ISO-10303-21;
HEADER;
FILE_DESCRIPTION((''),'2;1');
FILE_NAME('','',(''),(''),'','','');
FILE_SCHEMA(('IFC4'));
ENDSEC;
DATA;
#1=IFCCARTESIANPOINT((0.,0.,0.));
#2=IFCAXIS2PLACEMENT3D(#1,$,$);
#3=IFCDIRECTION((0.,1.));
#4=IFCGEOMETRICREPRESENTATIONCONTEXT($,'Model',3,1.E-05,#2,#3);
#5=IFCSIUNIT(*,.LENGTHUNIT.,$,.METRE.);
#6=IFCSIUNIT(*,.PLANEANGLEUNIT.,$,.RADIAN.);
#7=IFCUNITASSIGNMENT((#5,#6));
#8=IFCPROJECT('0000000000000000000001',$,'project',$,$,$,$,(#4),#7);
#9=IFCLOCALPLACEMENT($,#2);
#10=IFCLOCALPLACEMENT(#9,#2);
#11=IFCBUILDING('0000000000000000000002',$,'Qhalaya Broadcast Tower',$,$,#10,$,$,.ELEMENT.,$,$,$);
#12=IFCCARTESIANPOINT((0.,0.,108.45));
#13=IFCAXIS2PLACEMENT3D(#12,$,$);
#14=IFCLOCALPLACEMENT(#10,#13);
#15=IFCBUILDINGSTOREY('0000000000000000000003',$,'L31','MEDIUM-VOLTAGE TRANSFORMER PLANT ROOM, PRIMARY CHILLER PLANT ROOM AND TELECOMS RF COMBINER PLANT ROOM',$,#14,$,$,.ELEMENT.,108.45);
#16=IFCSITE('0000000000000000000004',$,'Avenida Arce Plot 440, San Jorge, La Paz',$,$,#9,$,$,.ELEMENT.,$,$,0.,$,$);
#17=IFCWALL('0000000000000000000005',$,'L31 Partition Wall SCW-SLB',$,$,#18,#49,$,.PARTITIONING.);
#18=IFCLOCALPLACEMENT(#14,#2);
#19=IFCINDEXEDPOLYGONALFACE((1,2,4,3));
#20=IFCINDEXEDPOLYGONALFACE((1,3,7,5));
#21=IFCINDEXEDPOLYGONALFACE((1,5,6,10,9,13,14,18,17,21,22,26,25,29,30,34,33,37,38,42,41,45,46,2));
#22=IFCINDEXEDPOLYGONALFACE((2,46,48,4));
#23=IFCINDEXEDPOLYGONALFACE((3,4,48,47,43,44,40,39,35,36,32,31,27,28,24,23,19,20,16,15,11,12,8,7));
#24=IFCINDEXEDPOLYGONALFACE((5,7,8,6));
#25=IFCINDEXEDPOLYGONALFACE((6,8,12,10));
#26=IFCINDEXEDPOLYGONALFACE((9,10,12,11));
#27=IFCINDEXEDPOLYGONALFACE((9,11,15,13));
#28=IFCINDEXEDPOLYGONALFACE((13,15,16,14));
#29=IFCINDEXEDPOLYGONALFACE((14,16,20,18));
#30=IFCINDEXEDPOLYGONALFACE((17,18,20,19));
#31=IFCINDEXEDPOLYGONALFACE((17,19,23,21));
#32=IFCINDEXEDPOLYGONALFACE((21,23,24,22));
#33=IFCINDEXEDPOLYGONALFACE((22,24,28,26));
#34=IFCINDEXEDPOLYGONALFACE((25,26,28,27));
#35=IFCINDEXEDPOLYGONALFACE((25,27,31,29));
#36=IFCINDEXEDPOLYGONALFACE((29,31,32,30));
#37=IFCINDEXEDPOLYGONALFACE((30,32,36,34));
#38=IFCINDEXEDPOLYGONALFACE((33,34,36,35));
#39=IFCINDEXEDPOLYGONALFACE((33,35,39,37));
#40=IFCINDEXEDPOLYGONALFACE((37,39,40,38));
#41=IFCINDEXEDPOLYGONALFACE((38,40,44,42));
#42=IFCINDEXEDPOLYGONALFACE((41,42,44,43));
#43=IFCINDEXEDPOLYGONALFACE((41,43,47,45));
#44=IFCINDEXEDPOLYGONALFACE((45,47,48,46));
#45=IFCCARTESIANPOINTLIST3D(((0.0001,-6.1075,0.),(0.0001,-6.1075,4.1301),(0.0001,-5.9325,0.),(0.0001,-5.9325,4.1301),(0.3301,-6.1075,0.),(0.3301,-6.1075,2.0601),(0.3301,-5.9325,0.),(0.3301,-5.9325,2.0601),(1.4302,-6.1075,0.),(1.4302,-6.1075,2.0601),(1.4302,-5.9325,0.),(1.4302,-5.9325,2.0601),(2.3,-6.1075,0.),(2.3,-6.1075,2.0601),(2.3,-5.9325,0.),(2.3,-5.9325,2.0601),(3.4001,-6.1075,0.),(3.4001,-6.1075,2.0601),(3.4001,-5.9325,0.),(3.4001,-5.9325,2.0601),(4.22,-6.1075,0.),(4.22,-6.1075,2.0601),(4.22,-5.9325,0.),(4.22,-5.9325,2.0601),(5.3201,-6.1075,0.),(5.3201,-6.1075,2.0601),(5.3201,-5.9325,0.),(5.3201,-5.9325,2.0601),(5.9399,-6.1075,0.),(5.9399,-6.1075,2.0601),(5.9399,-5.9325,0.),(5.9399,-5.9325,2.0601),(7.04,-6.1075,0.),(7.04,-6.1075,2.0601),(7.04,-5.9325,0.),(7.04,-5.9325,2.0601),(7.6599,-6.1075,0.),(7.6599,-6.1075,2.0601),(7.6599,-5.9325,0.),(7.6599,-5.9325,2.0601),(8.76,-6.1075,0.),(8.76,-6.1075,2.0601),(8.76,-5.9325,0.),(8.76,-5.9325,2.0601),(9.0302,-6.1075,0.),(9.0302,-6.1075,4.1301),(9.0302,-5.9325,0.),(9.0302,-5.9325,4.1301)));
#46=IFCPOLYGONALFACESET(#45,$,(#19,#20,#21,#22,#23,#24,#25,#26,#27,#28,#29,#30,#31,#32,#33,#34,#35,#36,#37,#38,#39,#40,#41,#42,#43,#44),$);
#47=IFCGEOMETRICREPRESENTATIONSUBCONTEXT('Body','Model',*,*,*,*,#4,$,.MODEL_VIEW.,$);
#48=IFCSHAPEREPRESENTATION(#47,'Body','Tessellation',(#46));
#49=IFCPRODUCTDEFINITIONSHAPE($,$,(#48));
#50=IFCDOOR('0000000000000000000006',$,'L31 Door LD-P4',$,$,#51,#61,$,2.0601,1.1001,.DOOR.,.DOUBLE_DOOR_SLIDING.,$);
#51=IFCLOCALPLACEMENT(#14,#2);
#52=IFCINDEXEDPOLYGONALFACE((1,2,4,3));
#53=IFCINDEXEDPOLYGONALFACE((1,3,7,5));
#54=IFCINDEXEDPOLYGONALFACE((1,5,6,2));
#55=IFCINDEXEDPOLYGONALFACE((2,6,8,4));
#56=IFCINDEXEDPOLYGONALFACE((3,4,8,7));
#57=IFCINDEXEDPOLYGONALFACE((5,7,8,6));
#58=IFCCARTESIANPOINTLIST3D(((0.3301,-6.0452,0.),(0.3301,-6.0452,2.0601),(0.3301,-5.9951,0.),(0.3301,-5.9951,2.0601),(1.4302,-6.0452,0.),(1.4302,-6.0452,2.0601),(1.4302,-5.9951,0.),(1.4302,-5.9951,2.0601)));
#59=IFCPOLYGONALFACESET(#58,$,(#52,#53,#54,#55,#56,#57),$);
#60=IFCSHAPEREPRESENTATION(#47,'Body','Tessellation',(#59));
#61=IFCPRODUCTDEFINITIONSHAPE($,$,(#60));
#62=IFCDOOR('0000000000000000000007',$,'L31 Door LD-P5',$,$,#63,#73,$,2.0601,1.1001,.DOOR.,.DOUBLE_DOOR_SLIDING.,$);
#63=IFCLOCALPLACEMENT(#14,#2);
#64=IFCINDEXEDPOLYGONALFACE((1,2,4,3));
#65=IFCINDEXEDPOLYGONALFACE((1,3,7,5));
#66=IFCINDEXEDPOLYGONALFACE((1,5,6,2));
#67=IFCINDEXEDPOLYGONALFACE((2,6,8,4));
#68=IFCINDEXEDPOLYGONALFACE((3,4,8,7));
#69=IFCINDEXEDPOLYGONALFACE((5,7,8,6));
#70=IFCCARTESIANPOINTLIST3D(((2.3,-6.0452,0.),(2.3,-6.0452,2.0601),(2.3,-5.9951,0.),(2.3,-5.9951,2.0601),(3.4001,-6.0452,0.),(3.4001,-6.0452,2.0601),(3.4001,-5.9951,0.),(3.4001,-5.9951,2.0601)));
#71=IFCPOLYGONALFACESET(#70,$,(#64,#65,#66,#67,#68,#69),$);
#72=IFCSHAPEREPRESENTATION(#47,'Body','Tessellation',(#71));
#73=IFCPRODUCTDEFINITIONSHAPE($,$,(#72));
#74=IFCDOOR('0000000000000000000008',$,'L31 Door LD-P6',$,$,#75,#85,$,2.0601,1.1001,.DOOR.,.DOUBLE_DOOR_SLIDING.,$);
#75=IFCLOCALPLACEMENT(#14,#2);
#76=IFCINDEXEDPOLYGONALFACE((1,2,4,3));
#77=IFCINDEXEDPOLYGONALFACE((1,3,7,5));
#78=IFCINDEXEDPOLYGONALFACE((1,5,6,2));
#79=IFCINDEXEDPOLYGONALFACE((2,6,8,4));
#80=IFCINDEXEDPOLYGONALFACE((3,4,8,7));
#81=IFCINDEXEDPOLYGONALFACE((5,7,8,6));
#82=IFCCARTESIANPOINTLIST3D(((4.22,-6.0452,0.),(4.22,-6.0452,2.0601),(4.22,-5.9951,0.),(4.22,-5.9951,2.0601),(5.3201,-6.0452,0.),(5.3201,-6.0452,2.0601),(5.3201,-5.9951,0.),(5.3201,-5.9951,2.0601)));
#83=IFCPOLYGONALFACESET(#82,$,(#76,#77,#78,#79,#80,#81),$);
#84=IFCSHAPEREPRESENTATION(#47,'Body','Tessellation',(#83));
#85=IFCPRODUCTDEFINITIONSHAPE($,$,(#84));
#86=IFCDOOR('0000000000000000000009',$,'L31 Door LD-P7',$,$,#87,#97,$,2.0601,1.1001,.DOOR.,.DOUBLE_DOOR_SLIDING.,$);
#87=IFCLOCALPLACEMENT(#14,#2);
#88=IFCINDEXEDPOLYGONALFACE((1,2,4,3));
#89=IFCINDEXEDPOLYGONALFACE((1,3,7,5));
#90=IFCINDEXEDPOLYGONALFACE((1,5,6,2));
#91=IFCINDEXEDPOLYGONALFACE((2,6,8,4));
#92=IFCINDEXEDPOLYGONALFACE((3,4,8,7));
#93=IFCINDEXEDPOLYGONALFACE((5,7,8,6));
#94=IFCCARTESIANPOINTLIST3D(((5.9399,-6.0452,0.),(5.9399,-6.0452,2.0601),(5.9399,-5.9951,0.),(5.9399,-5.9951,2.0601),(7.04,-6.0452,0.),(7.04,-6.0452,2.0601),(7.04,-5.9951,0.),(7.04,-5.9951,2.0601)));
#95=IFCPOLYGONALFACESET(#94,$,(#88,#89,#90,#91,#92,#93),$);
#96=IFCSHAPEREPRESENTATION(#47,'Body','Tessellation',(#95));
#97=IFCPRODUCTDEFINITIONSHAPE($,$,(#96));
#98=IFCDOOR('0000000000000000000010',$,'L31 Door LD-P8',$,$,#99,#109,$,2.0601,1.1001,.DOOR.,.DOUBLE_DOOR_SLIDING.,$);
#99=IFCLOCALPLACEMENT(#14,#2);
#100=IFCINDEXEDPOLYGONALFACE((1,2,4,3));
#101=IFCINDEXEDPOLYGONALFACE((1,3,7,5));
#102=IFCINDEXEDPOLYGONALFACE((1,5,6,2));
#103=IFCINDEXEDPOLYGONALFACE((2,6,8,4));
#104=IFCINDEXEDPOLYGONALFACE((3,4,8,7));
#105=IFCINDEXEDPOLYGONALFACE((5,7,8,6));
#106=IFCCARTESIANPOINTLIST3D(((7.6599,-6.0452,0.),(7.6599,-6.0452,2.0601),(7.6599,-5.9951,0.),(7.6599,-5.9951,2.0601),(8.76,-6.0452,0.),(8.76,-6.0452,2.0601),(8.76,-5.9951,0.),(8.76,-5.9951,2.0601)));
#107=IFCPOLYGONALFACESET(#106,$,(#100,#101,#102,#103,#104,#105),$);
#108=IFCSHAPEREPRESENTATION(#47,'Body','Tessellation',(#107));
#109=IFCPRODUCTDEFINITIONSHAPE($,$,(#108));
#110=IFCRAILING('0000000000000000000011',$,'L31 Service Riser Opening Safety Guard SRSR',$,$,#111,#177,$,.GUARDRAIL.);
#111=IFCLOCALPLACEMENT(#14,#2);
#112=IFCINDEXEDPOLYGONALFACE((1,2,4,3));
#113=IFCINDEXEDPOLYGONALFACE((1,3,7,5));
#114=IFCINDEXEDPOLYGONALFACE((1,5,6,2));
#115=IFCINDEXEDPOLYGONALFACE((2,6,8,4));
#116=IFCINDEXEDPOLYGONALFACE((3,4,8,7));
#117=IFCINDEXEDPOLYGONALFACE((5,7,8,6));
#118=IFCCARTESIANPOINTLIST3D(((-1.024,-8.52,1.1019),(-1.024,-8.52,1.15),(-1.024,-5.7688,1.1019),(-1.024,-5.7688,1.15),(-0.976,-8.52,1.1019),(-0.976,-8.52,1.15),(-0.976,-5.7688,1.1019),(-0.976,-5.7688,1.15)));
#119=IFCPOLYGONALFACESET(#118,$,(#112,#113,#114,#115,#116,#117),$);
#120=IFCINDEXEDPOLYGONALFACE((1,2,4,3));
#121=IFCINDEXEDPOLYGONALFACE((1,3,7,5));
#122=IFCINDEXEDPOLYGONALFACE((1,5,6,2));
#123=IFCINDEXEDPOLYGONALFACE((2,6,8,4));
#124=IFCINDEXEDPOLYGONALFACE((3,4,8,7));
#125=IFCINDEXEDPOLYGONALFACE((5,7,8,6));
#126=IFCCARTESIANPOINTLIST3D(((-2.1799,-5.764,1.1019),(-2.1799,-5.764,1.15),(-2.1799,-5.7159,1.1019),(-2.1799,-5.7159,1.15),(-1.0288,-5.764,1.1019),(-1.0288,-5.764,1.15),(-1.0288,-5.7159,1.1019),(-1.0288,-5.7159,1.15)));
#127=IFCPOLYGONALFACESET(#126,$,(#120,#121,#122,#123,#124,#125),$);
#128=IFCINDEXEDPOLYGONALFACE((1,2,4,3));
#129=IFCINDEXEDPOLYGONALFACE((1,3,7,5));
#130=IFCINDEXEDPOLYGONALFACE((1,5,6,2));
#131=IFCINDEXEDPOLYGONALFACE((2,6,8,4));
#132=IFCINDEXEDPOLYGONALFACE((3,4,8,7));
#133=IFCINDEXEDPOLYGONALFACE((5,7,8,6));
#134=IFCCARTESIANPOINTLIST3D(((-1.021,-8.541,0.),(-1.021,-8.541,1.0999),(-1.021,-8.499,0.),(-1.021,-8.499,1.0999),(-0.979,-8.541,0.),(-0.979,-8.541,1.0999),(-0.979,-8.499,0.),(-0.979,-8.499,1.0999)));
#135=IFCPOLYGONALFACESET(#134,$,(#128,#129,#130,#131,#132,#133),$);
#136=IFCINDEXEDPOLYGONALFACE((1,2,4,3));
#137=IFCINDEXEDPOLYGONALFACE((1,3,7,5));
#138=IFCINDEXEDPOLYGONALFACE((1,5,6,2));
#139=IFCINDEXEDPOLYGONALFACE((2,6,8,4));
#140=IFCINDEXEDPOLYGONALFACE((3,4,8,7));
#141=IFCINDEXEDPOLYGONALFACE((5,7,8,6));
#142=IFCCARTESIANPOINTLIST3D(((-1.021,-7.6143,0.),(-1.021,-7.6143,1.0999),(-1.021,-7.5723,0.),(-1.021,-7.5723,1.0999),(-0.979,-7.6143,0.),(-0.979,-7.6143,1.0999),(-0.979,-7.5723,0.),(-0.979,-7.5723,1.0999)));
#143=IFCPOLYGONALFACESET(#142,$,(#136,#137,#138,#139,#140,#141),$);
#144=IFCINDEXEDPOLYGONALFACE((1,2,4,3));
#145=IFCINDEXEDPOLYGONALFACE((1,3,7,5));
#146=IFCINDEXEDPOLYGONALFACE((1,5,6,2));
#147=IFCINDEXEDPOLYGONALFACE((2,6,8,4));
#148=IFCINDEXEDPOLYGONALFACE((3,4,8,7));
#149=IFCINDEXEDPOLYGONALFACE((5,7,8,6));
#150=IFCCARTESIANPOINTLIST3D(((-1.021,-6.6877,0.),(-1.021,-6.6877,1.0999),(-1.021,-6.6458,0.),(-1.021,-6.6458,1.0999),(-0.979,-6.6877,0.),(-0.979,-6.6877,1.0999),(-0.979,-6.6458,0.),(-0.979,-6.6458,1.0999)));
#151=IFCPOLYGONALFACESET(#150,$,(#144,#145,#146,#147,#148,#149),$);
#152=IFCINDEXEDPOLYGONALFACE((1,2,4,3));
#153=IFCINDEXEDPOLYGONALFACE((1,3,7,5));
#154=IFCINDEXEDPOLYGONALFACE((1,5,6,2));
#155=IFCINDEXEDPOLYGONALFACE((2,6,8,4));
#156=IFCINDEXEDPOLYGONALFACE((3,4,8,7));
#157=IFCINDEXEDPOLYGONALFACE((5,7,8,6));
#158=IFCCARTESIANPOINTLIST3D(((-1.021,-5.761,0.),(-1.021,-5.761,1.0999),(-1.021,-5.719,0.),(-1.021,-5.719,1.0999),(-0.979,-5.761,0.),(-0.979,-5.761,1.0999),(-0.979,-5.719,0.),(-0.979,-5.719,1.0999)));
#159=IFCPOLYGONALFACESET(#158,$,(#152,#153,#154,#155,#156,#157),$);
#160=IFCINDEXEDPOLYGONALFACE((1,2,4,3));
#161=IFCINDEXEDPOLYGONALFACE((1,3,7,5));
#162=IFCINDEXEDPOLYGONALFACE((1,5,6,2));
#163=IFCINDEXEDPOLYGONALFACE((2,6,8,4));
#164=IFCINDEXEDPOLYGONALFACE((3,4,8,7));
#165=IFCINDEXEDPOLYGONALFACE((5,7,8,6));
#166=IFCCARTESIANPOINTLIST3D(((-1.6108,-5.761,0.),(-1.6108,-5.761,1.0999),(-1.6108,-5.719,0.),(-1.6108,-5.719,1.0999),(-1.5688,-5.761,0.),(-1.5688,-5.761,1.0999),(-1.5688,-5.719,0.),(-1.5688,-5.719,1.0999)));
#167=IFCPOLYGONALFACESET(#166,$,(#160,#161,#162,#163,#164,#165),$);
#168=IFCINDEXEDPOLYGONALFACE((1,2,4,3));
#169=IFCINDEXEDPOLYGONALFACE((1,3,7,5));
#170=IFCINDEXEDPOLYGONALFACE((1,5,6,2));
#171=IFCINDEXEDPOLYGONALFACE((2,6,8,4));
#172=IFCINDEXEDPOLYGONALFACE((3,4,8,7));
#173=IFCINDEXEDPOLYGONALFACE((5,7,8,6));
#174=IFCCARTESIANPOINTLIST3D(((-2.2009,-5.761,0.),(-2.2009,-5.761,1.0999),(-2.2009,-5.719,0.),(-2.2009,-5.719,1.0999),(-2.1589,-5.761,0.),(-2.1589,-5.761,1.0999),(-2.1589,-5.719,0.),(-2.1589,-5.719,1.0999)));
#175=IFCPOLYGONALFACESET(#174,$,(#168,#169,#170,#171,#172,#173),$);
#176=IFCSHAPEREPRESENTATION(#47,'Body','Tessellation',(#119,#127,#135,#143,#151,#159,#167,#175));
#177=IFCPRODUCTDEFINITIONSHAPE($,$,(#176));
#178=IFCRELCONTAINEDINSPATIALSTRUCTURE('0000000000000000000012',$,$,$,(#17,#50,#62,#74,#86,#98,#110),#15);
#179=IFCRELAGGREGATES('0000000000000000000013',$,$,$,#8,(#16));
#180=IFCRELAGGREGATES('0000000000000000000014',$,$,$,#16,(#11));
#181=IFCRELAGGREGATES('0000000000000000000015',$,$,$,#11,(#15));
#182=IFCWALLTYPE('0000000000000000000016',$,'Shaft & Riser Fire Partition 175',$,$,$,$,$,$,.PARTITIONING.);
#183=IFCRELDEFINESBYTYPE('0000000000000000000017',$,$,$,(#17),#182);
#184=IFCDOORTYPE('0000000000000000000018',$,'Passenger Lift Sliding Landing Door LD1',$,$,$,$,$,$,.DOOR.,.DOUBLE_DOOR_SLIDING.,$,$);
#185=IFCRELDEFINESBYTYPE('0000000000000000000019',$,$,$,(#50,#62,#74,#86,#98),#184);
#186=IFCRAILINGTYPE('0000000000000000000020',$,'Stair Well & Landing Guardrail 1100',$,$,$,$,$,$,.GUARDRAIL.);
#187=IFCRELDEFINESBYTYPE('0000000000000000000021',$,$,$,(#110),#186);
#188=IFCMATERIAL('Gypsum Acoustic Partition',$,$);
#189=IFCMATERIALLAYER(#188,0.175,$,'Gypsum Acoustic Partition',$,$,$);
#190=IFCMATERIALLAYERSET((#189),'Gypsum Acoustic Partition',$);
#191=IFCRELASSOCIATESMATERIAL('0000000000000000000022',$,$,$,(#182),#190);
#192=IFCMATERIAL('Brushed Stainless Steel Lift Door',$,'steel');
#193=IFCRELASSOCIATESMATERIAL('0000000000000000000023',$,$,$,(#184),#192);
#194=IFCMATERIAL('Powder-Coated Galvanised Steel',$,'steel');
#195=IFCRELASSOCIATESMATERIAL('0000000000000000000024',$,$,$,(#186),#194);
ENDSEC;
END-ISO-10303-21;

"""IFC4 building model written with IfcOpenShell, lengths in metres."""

from ifc_helpers import new_model, si_unit, direction, frame, frame_2d, origin, origin_2d, place, context, subcontext, project, spatial, rectangle, extrude, material, layer, layer_set, type_object, element, fill, save


model = new_model("IFC4")

# Units and contexts
model_context = context("Model", 3, precision=1e-05, world=origin(), true_north=direction((0.0, 1.0)))
body_context = subcontext(model_context, "Body", "Model", "MODEL_VIEW")
ifc_project = project(units=[si_unit("LENGTHUNIT", "METRE"), si_unit("PLANEANGLEUNIT", "RADIAN")], contexts=[model_context])

# Site, building, storey
site_placement = place(None, origin())
site = spatial("IfcSite", under=ifc_project, at=site_placement, Name="Avenida Arce Plot 440, San Jorge, La Paz", CompositionType="ELEMENT", RefElevation=0.0)
building_placement = place(site_placement, origin())
building = spatial("IfcBuilding", under=site, at=building_placement, Name="Qhalaya Broadcast Tower", CompositionType="ELEMENT")
storey_placement = place(building_placement, frame((0.0, 0.0, 108.45)))
storey = spatial("IfcBuildingStorey", under=building, at=storey_placement, Name="L31", Description="MEDIUM-VOLTAGE TRANSFORMER PLANT ROOM, PRIMARY CHILLER PLANT ROOM AND TELECOMS RF COMBINER PLANT ROOM", CompositionType="ELEMENT", Elevation=108.45)

# Shared definitions
ifc_material_1 = material(Name="Gypsum Acoustic Partition")

# Shared definitions
ifc_layer_1 = layer(ifc_material_1, 0.175, Name="Gypsum Acoustic Partition")
ifc_layer_set_1 = layer_set([ifc_layer_1], Name="Gypsum Acoustic Partition")
wall_type_1 = type_object("IfcWallType", Name="Shaft & Riser Fire Partition 175", PredefinedType="PARTITIONING", material=ifc_layer_set_1)

# Wall, openings, doors
wall_1_placement = place(storey_placement, frame((0.0, -6.02, 0.0), z_axis=(0.0, 0.0, 1.0), x_axis=(1.0, 0.0, 0.0)))
wall_1 = element("IfcWall", 1, at=wall_1_placement, inside=storey, type_object=wall_type_1, Name="L31 Partition Wall SCW-SLB", PredefinedType="PARTITIONING", context=body_context, shape_type="SweptSolid", body=[
    extrude(rectangle(XDim=9.03, YDim=0.175, at=frame_2d((4.5151, 0.0))), origin(), (0.0, 0.0, 1.0), 4.1301),
])
opening_1_placement = place(wall_1_placement, frame((0.3301, 0.0, 0.0)))
opening_1 = element("IfcOpeningElement", 2, at=opening_1_placement, cuts=wall_1, PredefinedType="OPENING", context=body_context, shape_type="SweptSolid", body=[
    extrude(rectangle(XDim=1.1001, YDim=2.0601, at=frame_2d((0.55, 1.03))), frame((0.0, 0.0996, 0.0), z_axis=(0.0, -1.0, 0.0), x_axis=(1.0, 0.0, 0.0)), (0.0, 0.0, 1.0), 0.199),
])
opening_2_placement = place(wall_1_placement, frame((2.3, 0.0, 0.0)))
opening_2 = element("IfcOpeningElement", 3, at=opening_2_placement, cuts=wall_1, PredefinedType="OPENING", context=body_context, shape_type="SweptSolid", body=[
    extrude(rectangle(XDim=1.1001, YDim=2.0601, at=frame_2d((0.55, 1.03))), frame((0.0, 0.0996, 0.0), z_axis=(0.0, -1.0, 0.0), x_axis=(1.0, 0.0, 0.0)), (0.0, 0.0, 1.0), 0.199),
])
opening_3_placement = place(wall_1_placement, frame((4.22, 0.0, 0.0)))
opening_3 = element("IfcOpeningElement", 4, at=opening_3_placement, cuts=wall_1, PredefinedType="OPENING", context=body_context, shape_type="SweptSolid", body=[
    extrude(rectangle(XDim=1.1001, YDim=2.0601, at=frame_2d((0.55, 1.03))), frame((0.0, 0.0996, 0.0), z_axis=(0.0, -1.0, 0.0), x_axis=(1.0, 0.0, 0.0)), (0.0, 0.0, 1.0), 0.199),
])
opening_4_placement = place(wall_1_placement, frame((5.9399, 0.0, 0.0)))
opening_4 = element("IfcOpeningElement", 5, at=opening_4_placement, cuts=wall_1, PredefinedType="OPENING", context=body_context, shape_type="SweptSolid", body=[
    extrude(rectangle(XDim=1.1001, YDim=2.0601, at=frame_2d((0.55, 1.03))), frame((0.0, 0.0996, 0.0), z_axis=(0.0, -1.0, 0.0), x_axis=(1.0, 0.0, 0.0)), (0.0, 0.0, 1.0), 0.199),
])
opening_5_placement = place(wall_1_placement, frame((7.6599, 0.0, 0.0)))
opening_5 = element("IfcOpeningElement", 6, at=opening_5_placement, cuts=wall_1, PredefinedType="OPENING", context=body_context, shape_type="SweptSolid", body=[
    extrude(rectangle(XDim=1.1001, YDim=2.0601, at=frame_2d((0.55, 1.03))), frame((0.0, 0.0996, 0.0), z_axis=(0.0, -1.0, 0.0), x_axis=(1.0, 0.0, 0.0)), (0.0, 0.0, 1.0), 0.199),
])
ifc_material_2 = material(Name="Brushed Stainless Steel Lift Door", Category="steel")
door_type_1 = type_object("IfcDoorType", Name="Passenger Lift Sliding Landing Door LD1", OperationType="DOUBLE_DOOR_SLIDING", PredefinedType="DOOR", material=ifc_material_2)
door_1_placement = place(opening_1_placement, origin())
door_1 = element("IfcDoor", 7, at=door_1_placement, inside=storey, type_object=door_type_1, Name="L31 Door LD-P4", OperationType="DOUBLE_DOOR_SLIDING", OverallHeight=2.0601, OverallWidth=1.1001, PredefinedType="DOOR", context=body_context, shape_type="SweptSolid", body=[
    extrude(rectangle(XDim=1.1001, YDim=2.0601, at=frame_2d((0.55, 1.03))), frame((0.0, 0.0249, 0.0), z_axis=(0.0, -1.0, 0.0), x_axis=(1.0, 0.0, 0.0)), (0.0, 0.0, 1.0), 0.05),
])
fill(opening_1, door_1)
door_2_placement = place(opening_2_placement, origin())
door_2 = element("IfcDoor", 8, at=door_2_placement, inside=storey, type_object=door_type_1, Name="L31 Door LD-P5", OperationType="DOUBLE_DOOR_SLIDING", OverallHeight=2.0601, OverallWidth=1.1001, PredefinedType="DOOR", context=body_context, shape_type="SweptSolid", body=[
    extrude(rectangle(XDim=1.1001, YDim=2.0601, at=frame_2d((0.55, 1.03))), frame((0.0, 0.0249, 0.0), z_axis=(0.0, -1.0, 0.0), x_axis=(1.0, 0.0, 0.0)), (0.0, 0.0, 1.0), 0.05),
])
fill(opening_2, door_2)
door_3_placement = place(opening_3_placement, origin())
door_3 = element("IfcDoor", 9, at=door_3_placement, inside=storey, type_object=door_type_1, Name="L31 Door LD-P6", OperationType="DOUBLE_DOOR_SLIDING", OverallHeight=2.0601, OverallWidth=1.1001, PredefinedType="DOOR", context=body_context, shape_type="SweptSolid", body=[
    extrude(rectangle(XDim=1.1001, YDim=2.0601, at=frame_2d((0.55, 1.03))), frame((0.0, 0.0249, 0.0), z_axis=(0.0, -1.0, 0.0), x_axis=(1.0, 0.0, 0.0)), (0.0, 0.0, 1.0), 0.05),
])
fill(opening_3, door_3)
door_4_placement = place(opening_4_placement, origin())
door_4 = element("IfcDoor", 10, at=door_4_placement, inside=storey, type_object=door_type_1, Name="L31 Door LD-P7", OperationType="DOUBLE_DOOR_SLIDING", OverallHeight=2.0601, OverallWidth=1.1001, PredefinedType="DOOR", context=body_context, shape_type="SweptSolid", body=[
    extrude(rectangle(XDim=1.1001, YDim=2.0601, at=frame_2d((0.55, 1.03))), frame((0.0, 0.0249, 0.0), z_axis=(0.0, -1.0, 0.0), x_axis=(1.0, 0.0, 0.0)), (0.0, 0.0, 1.0), 0.05),
])
fill(opening_4, door_4)
door_5_placement = place(opening_5_placement, origin())
door_5 = element("IfcDoor", 11, at=door_5_placement, inside=storey, type_object=door_type_1, Name="L31 Door LD-P8", OperationType="DOUBLE_DOOR_SLIDING", OverallHeight=2.0601, OverallWidth=1.1001, PredefinedType="DOOR", context=body_context, shape_type="SweptSolid", body=[
    extrude(rectangle(XDim=1.1001, YDim=2.0601, at=frame_2d((0.55, 1.03))), frame((0.0, 0.0249, 0.0), z_axis=(0.0, -1.0, 0.0), x_axis=(1.0, 0.0, 0.0)), (0.0, 0.0, 1.0), 0.05),
])
fill(opening_5, door_5)

# Railing
ifc_material_3 = material(Name="Powder-Coated Galvanised Steel", Category="steel")
railing_type = type_object("IfcRailingType", Name="Stair Well & Landing Guardrail 1100", PredefinedType="GUARDRAIL", material=ifc_material_3)
railing_placement = place(storey_placement, frame((-1.0, -8.52, 0.0)))
element("IfcRailing", 12, at=railing_placement, inside=storey, type_object=railing_type, Name="L31 Service Riser Opening Safety Guard SRSR", PredefinedType="GUARDRAIL", context=body_context, shape_type="SweptSolid", body=[
    extrude(rectangle(XDim=0.0481, YDim=0.0481, at=origin_2d()), frame((0.0, 0.0, 1.126), z_axis=(0.0, 1.0, 0.0), x_axis=(-1.0, 0.0, 0.0)), (0.0, 0.0, 1.0), 2.7512),
    extrude(rectangle(XDim=0.0481, YDim=0.0481, at=origin_2d()), frame((-0.0288, 2.78, 1.126), z_axis=(-1.0, 0.0, 0.0), x_axis=(0.0, -1.0, 0.0)), (0.0, 0.0, 1.0), 1.1511),
    extrude(rectangle(XDim=0.042, YDim=0.042, at=origin_2d()), origin(), (0.0, 0.0, 1.0), 1.0999),
    extrude(rectangle(XDim=0.042, YDim=0.042, at=origin_2d()), frame((0.0, 0.9268, 0.0)), (0.0, 0.0, 1.0), 1.0999),
    extrude(rectangle(XDim=0.042, YDim=0.042, at=origin_2d()), frame((0.0, 1.8533, 0.0)), (0.0, 0.0, 1.0), 1.0999),
    extrude(rectangle(XDim=0.042, YDim=0.042, at=origin_2d()), frame((0.0, 2.78, 0.0)), (0.0, 0.0, 1.0), 1.0999),
    extrude(rectangle(XDim=0.042, YDim=0.042, at=origin_2d()), frame((-0.5898, 2.78, 0.0)), (0.0, 0.0, 1.0), 1.0999),
    extrude(rectangle(XDim=0.042, YDim=0.042, at=origin_2d()), frame((-1.1799, 2.78, 0.0)), (0.0, 0.0, 1.0), 1.0999),
])

save(model, "model.ifc")
